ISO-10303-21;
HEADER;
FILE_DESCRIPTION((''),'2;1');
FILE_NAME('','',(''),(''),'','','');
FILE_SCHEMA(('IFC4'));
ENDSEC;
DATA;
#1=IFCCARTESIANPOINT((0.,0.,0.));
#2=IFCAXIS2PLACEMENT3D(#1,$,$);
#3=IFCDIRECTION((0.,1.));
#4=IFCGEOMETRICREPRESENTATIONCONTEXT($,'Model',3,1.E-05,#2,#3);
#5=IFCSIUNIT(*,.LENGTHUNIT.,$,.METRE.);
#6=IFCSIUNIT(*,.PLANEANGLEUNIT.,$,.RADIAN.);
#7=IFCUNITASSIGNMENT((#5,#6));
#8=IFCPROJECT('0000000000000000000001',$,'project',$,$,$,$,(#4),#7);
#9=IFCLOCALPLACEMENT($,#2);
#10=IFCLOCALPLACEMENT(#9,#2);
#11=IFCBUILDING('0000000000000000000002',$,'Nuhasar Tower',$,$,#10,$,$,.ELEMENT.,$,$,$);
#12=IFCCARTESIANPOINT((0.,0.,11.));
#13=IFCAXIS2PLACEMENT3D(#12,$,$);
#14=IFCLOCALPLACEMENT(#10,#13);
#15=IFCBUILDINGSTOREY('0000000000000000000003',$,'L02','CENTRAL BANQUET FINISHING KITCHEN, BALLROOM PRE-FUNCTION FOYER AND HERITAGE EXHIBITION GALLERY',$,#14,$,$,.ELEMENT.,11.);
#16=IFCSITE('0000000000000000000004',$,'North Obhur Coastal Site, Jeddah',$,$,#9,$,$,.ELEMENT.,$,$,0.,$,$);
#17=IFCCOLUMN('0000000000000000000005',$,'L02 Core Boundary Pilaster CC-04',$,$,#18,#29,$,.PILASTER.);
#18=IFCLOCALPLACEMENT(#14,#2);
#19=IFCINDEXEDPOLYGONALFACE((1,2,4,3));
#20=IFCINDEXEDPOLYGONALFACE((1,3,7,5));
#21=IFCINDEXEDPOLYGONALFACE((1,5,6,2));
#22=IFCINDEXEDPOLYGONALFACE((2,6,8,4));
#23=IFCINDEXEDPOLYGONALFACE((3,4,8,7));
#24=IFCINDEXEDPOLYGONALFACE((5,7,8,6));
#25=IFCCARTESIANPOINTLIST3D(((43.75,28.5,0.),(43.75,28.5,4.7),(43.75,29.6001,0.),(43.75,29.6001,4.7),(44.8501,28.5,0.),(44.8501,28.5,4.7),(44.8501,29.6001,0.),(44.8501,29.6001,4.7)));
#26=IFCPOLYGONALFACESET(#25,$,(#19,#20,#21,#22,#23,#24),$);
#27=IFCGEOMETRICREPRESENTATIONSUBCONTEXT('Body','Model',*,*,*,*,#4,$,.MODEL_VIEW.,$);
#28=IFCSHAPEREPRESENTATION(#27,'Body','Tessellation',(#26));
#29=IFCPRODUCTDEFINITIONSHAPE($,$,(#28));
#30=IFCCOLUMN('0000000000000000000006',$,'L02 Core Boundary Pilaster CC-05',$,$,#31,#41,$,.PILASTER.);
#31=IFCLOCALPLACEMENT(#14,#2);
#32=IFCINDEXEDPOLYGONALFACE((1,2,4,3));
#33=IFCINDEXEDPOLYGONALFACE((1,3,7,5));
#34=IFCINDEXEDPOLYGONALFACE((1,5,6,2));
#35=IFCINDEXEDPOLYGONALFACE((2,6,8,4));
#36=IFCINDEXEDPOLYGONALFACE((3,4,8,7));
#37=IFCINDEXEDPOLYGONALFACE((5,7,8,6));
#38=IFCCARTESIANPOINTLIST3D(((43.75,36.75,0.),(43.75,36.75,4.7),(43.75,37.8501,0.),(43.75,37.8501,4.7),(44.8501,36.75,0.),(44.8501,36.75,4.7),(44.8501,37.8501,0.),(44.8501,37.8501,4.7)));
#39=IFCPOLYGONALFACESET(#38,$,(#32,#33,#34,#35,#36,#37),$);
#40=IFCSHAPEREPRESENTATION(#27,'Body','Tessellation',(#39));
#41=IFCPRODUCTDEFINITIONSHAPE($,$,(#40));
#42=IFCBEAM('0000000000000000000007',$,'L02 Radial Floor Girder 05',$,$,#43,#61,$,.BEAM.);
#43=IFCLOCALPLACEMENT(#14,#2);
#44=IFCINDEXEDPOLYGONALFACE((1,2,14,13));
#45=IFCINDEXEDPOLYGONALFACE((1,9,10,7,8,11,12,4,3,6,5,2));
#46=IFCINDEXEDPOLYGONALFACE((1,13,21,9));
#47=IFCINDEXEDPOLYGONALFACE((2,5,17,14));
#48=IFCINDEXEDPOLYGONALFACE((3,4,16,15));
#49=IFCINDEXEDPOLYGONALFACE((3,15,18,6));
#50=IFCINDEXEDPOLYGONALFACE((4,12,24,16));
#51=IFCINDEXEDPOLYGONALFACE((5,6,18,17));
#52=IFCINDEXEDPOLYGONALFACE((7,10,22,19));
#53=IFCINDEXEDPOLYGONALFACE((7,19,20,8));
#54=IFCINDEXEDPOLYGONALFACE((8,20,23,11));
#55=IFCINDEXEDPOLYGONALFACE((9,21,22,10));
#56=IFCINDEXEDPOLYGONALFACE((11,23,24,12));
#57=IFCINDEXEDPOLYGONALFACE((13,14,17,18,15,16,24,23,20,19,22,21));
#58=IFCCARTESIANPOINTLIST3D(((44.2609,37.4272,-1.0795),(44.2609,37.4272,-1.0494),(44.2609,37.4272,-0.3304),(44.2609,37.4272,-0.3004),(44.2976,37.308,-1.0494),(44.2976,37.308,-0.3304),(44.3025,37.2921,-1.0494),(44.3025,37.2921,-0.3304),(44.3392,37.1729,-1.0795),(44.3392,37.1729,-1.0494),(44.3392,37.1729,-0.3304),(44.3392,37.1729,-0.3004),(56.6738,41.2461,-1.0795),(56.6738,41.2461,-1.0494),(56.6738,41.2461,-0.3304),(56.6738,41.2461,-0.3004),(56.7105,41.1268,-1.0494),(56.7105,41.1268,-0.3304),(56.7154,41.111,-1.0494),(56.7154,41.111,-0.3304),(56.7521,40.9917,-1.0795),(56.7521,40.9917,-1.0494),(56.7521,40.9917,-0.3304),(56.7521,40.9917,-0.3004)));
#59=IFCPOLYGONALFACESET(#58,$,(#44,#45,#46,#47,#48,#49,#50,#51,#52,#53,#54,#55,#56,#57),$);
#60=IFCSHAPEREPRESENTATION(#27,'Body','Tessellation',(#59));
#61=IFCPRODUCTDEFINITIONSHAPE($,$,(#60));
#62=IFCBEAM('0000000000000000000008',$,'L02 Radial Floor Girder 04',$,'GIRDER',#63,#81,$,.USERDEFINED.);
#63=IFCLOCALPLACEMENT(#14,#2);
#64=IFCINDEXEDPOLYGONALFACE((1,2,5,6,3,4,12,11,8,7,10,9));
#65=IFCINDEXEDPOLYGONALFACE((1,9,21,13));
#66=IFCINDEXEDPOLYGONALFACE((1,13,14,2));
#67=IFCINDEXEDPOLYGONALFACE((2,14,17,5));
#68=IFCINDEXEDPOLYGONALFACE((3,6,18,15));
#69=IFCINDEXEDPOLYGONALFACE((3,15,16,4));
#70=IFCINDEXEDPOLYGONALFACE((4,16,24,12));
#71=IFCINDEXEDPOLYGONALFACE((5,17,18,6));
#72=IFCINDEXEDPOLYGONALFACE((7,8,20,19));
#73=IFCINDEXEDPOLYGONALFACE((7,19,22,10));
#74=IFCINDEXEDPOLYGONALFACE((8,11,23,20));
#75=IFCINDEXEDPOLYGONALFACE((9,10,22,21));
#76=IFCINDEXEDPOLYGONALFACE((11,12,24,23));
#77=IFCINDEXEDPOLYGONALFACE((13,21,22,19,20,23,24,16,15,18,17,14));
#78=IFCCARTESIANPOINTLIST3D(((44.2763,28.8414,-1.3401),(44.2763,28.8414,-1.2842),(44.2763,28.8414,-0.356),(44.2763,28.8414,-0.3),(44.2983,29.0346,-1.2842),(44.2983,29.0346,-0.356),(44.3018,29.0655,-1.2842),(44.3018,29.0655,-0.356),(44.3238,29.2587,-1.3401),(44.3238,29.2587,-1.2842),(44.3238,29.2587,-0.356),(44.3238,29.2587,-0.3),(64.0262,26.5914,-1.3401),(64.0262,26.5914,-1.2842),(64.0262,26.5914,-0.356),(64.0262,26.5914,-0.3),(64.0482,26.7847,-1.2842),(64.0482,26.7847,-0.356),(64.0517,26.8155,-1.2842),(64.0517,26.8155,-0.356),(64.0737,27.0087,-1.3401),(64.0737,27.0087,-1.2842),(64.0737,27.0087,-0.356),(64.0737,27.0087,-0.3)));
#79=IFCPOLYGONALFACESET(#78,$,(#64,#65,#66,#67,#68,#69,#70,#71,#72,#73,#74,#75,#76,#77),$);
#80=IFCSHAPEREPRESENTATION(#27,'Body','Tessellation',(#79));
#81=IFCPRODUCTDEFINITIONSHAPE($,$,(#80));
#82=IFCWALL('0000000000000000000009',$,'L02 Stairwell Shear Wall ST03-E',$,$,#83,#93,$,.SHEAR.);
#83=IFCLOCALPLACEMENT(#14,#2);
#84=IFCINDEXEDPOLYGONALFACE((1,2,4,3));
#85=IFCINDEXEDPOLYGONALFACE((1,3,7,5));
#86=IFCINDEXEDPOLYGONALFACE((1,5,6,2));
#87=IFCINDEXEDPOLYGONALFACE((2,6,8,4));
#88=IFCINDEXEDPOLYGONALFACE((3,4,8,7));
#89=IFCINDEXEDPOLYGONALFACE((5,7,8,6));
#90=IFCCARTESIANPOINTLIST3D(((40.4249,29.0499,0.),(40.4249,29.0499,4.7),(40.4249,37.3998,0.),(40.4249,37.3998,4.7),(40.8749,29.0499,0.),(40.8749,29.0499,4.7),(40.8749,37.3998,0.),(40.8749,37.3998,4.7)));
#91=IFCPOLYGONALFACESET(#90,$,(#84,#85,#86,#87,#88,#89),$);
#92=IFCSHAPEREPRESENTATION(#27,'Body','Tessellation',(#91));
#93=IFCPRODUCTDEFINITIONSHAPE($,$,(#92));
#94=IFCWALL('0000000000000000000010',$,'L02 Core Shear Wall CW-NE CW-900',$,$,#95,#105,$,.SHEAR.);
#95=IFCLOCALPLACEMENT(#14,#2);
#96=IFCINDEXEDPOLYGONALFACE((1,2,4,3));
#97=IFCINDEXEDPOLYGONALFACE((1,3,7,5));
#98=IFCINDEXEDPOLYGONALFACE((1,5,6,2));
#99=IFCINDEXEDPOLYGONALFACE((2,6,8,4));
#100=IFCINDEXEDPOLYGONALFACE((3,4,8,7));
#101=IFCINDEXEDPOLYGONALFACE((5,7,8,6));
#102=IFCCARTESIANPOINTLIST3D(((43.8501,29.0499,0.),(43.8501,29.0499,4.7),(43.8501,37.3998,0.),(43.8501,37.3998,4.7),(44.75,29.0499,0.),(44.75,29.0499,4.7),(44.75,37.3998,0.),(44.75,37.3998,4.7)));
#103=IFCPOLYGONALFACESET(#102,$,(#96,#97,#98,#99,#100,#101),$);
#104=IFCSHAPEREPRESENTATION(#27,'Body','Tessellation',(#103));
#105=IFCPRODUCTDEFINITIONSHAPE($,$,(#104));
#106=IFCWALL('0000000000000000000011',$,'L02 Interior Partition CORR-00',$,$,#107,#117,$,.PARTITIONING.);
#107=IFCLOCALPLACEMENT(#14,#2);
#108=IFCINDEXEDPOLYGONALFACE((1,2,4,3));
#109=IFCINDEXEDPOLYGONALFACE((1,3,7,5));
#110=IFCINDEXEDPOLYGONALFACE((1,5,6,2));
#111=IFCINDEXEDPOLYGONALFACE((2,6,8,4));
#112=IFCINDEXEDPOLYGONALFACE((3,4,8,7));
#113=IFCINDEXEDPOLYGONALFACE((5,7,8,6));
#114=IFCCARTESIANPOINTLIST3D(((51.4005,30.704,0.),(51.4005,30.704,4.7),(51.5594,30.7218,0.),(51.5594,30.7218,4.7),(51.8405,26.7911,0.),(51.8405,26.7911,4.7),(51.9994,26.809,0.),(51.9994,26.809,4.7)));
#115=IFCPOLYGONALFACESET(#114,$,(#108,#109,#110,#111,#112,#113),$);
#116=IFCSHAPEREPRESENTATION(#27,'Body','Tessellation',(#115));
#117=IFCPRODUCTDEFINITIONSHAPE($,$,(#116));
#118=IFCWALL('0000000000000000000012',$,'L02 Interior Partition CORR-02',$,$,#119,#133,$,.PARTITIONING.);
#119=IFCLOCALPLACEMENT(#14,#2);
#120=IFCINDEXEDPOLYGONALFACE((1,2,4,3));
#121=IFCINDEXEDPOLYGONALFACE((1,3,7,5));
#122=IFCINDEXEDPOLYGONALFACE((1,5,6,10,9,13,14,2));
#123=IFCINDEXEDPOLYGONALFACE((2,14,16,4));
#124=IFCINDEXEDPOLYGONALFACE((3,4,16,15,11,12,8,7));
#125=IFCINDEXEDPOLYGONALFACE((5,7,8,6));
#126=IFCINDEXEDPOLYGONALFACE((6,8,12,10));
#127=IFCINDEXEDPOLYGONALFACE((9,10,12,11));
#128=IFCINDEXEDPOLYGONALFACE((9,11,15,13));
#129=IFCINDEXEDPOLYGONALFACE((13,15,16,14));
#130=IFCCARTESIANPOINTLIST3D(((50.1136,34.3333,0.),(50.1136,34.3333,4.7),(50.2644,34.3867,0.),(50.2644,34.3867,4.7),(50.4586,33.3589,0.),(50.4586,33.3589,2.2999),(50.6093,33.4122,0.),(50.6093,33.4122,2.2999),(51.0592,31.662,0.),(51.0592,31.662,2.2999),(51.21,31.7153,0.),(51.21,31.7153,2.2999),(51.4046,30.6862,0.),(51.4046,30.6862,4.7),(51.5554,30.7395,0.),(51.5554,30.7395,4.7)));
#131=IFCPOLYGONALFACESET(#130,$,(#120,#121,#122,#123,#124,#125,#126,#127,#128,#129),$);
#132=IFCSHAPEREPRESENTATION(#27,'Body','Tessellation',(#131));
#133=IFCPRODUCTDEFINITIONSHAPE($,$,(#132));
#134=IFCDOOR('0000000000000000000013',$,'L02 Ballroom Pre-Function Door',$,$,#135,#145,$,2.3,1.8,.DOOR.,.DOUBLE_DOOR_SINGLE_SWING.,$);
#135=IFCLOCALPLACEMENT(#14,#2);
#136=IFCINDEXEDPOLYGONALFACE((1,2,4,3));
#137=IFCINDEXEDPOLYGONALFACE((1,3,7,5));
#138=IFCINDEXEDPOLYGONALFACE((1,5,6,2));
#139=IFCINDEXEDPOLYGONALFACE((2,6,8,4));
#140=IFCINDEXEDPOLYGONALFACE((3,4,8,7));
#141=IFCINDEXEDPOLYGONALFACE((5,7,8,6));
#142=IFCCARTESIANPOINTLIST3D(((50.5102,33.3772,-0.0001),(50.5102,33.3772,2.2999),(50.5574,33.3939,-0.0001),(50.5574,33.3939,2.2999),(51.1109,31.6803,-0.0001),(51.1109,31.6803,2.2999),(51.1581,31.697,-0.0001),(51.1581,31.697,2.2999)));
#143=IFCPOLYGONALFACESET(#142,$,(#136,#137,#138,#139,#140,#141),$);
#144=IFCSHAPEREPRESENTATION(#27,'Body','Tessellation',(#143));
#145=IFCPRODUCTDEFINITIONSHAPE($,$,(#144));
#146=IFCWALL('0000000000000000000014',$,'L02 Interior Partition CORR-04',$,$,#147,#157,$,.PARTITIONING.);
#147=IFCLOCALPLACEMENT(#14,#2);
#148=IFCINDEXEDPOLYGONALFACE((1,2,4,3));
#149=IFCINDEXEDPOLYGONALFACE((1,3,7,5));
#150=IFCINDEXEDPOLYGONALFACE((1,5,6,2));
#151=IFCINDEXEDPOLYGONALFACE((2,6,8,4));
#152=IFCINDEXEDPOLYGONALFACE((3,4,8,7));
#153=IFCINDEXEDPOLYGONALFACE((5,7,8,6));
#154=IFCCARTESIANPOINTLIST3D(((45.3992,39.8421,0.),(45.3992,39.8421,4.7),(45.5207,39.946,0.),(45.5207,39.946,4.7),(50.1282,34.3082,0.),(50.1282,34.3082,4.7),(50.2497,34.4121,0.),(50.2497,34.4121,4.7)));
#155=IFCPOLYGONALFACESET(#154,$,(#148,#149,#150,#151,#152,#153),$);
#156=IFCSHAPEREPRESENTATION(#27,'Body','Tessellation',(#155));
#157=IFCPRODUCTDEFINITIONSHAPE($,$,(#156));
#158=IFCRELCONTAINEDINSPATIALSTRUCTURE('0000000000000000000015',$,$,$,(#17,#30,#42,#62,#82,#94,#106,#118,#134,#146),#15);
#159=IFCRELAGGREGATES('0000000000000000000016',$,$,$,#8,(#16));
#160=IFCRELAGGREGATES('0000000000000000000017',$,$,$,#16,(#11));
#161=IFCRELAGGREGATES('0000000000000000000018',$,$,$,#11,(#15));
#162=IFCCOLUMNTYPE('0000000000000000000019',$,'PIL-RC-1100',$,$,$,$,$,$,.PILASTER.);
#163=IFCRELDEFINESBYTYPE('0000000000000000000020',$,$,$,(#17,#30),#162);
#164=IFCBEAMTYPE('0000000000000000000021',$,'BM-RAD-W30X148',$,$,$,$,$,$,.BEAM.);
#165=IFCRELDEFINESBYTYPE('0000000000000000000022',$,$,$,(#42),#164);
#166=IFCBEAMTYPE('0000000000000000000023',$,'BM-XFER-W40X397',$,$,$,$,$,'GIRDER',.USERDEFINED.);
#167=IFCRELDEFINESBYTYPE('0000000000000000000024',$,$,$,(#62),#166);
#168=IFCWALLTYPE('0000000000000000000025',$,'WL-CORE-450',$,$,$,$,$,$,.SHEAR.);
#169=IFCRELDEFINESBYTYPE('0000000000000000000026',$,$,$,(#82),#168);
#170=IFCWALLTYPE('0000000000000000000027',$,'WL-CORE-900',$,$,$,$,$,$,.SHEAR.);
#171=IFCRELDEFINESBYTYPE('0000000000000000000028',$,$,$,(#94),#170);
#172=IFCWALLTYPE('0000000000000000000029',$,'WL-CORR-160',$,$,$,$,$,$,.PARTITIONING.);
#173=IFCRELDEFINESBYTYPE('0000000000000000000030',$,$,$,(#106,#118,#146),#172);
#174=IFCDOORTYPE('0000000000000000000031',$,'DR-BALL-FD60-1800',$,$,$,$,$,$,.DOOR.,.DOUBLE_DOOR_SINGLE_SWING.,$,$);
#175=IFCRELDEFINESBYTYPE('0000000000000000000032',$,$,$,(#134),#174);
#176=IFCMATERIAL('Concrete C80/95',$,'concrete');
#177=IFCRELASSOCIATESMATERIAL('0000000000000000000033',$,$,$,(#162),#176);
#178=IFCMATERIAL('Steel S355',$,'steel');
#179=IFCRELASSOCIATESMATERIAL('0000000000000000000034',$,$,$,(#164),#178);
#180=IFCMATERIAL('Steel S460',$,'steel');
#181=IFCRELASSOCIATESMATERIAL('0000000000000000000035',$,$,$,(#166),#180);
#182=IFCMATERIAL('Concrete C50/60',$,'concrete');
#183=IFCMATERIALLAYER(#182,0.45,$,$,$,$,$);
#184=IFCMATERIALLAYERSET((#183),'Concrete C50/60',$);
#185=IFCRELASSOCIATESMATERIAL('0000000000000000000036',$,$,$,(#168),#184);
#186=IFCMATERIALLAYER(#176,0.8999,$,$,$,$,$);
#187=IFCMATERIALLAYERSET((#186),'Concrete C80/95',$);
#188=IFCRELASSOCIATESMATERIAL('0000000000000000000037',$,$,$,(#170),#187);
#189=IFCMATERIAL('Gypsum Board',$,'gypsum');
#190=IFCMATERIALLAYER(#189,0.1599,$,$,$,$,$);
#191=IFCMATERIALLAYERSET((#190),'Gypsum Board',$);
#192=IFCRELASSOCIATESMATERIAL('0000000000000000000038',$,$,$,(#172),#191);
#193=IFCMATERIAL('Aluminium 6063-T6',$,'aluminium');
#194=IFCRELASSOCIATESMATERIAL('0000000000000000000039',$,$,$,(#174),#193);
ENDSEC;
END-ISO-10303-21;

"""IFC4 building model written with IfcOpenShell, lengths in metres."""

from ifc_helpers import new_model, si_unit, direction, frame, frame_2d, origin, origin_2d, place, context, subcontext, project, spatial, rectangle, i_section, extrude, material, layer, layer_set, material_profile, profile_set, type_object, element, fill, save


model = new_model("IFC4")

# Units and contexts
model_context = context("Model", 3, precision=1e-05, world=origin(), true_north=direction((0.0, 1.0)))
body_context = subcontext(model_context, "Body", "Model", "MODEL_VIEW")
ifc_project = project(units=[si_unit("LENGTHUNIT", "METRE"), si_unit("PLANEANGLEUNIT", "RADIAN")], contexts=[model_context])

# Site, building, storey
site_placement = place(None, origin())
site = spatial("IfcSite", under=ifc_project, at=site_placement, Name="North Obhur Coastal Site, Jeddah", CompositionType="ELEMENT", RefElevation=0.0)
building_placement = place(site_placement, origin())
building = spatial("IfcBuilding", under=site, at=building_placement, Name="Nuhasar Tower", CompositionType="ELEMENT")
storey_placement = place(building_placement, frame((0.0, 0.0, 11.0)))
storey = spatial("IfcBuildingStorey", under=building, at=storey_placement, Name="L02", Description="CENTRAL BANQUET FINISHING KITCHEN, BALLROOM PRE-FUNCTION FOYER AND HERITAGE EXHIBITION GALLERY", CompositionType="ELEMENT", Elevation=11.0)

# Columns
ifc_material_1 = material(Name="Concrete C80/95", Category="concrete")
ifc_material_profile_1 = material_profile(ifc_material_1, rectangle(XDim=1.1001, YDim=1.1001, at=origin_2d()), Name="RC1100X1100")
ifc_profile_set_1 = profile_set([ifc_material_profile_1], Name="Concrete C80/95")
column_type = type_object("IfcColumnType", Name="PIL-RC-1100", PredefinedType="PILASTER", material=ifc_profile_set_1)
for number, where, z_axis, x_axis, name in (
    (1, (44.3, 29.05, 0.0), (0.0, 0.0, 1.0), (1.0, 0.0, 0.0), "L02 Core Boundary Pilaster CC-04"),
    (2, (44.3, 37.3, 0.0), (0.0, 0.0, 1.0), (1.0, 0.0, 0.0), "L02 Core Boundary Pilaster CC-05"),
):
    element("IfcColumn", number, at=place(storey_placement, frame(where, z_axis=z_axis, x_axis=x_axis)), inside=storey, type_object=column_type, Name=name, PredefinedType="PILASTER", context=body_context, shape_type="SweptSolid", body=[
        extrude(rectangle(XDim=1.1001, YDim=1.1001, at=origin_2d()), origin(), (0.0, 0.0, 1.0), 4.7),
    ])

# Beams
ifc_material_2 = material(Name="Steel S355", Category="steel")
ifc_material_profile_2 = material_profile(ifc_material_2, i_section(OverallWidth=0.2661, OverallDepth=0.7791, WebThickness=0.0166, FlangeThickness=0.03, at=origin_2d()), Name="W30X148")
ifc_profile_set_2 = profile_set([ifc_material_profile_2], Name="Steel S355")
beam_type_1 = type_object("IfcBeamType", Name="BM-RAD-W30X148", PredefinedType="BEAM", material=ifc_profile_set_2)
beam_1_placement = place(storey_placement, frame((44.3, 37.3, -0.6899), z_axis=(0.95579, 0.294052, 0.0), x_axis=(-0.294052, 0.95579, 0.0)))
element("IfcBeam", 3, at=beam_1_placement, inside=storey, type_object=beam_type_1, Name="L02 Radial Floor Girder 05", PredefinedType="BEAM", context=body_context, shape_type="SweptSolid", body=[
    extrude(i_section(OverallWidth=0.2661, OverallDepth=0.7791, WebThickness=0.0166, FlangeThickness=0.03, at=origin_2d()), origin(), (0.0, 0.0, 1.0), 12.9871),
])
ifc_material_3 = material(Name="Steel S460", Category="steel")
ifc_material_profile_3 = material_profile(ifc_material_3, i_section(OverallWidth=0.4199, OverallDepth=1.04, WebThickness=0.031, FlangeThickness=0.0559, at=origin_2d()), Name="W40X397")
ifc_profile_set_3 = profile_set([ifc_material_profile_3], Name="Steel S460")
beam_type_2 = type_object("IfcBeamType", Name="BM-XFER-W40X397", ElementType="GIRDER", PredefinedType="USERDEFINED", material=ifc_profile_set_3)
beam_2_placement = place(storey_placement, frame((44.3, 29.05, -0.8201), z_axis=(0.993573, -0.113192, 0.0), x_axis=(0.113192, 0.993573, 0.0)))
element("IfcBeam", 4, at=beam_2_placement, inside=storey, type_object=beam_type_2, Name="L02 Radial Floor Girder 04", ObjectType="GIRDER", PredefinedType="USERDEFINED", context=body_context, shape_type="SweptSolid", body=[
    extrude(i_section(OverallWidth=0.4199, OverallDepth=1.04, WebThickness=0.031, FlangeThickness=0.0559, at=origin_2d()), origin(), (0.0, 0.0, 1.0), 19.8777),
])

# Shared definitions
ifc_material_4 = material(Name="Concrete C50/60", Category="concrete")
ifc_layer_1 = layer(ifc_material_4, 0.45)
ifc_layer_set_1 = layer_set([ifc_layer_1], Name="Concrete C50/60")
wall_type_1 = type_object("IfcWallType", Name="WL-CORE-450", PredefinedType="SHEAR", material=ifc_layer_set_1)

# Wall
wall_1_placement = place(storey_placement, frame((40.6499, 29.05, 0.0), z_axis=(0.0, 0.0, 1.0), x_axis=(0.0, 1.0, 0.0)))
element("IfcWall", 5, at=wall_1_placement, inside=storey, type_object=wall_type_1, Name="L02 Stairwell Shear Wall ST03-E", PredefinedType="SHEAR", context=body_context, shape_type="SweptSolid", body=[
    extrude(rectangle(XDim=8.3499, YDim=0.45, at=frame_2d((4.1748, 0.0))), origin(), (0.0, 0.0, 1.0), 4.7),
])

# Walls
ifc_layer_2 = layer(ifc_material_1, 0.8999)
ifc_layer_set_2 = layer_set([ifc_layer_2], Name="Concrete C80/95")
wall_type_2 = type_object("IfcWallType", Name="WL-CORE-900", PredefinedType="SHEAR", material=ifc_layer_set_2)
wall_2_placement = place(storey_placement, frame((44.3, 29.05, 0.0), z_axis=(0.0, 0.0, 1.0), x_axis=(0.0, 1.0, 0.0)))
element("IfcWall", 6, at=wall_2_placement, inside=storey, type_object=wall_type_2, Name="L02 Core Shear Wall CW-NE CW-900", PredefinedType="SHEAR", context=body_context, shape_type="SweptSolid", body=[
    extrude(rectangle(XDim=8.3499, YDim=0.8999, at=frame_2d((4.1748, 0.0))), origin(), (0.0, 0.0, 1.0), 4.7),
])
ifc_material_5 = material(Name="Gypsum Board", Category="gypsum")
ifc_layer_3 = layer(ifc_material_5, 0.1599)
ifc_layer_set_3 = layer_set([ifc_layer_3], Name="Gypsum Board")
wall_type_3 = type_object("IfcWallType", Name="WL-CORR-160", PredefinedType="PARTITIONING", material=ifc_layer_set_3)
wall_3_placement = place(storey_placement, frame((51.9199, 26.8, 0.0), z_axis=(0.0, 0.0, 1.0), x_axis=(-0.111731, 0.993738, 0.0)))
element("IfcWall", 7, at=wall_3_placement, inside=storey, type_object=wall_type_3, Name="L02 Interior Partition CORR-00", PredefinedType="PARTITIONING", context=body_context, shape_type="SweptSolid", body=[
    extrude(rectangle(XDim=3.9375, YDim=0.1599, at=frame_2d((1.9688, 0.0))), origin(), (0.0, 0.0, 1.0), 4.7),
])

# Wall, opening, door
wall_4_placement = place(storey_placement, frame((50.189, 34.3601, 0.0), z_axis=(0.0, 0.0, 1.0), x_axis=(0.333685, -0.942685, 0.0)))
wall_4 = element("IfcWall", 8, at=wall_4_placement, inside=storey, type_object=wall_type_3, Name="L02 Interior Partition CORR-02", PredefinedType="PARTITIONING", context=body_context, shape_type="SweptSolid", body=[
    extrude(rectangle(XDim=3.8689, YDim=0.1599, at=frame_2d((1.9346, 0.0))), origin(), (0.0, 0.0, 1.0), 4.7),
])
opening_1_placement = place(wall_4_placement, frame((1.0339, 0.0, 0.0)))
opening_1 = element("IfcOpeningElement", 9, at=opening_1_placement, cuts=wall_4, PredefinedType="OPENING", context=body_context, shape_type="SweptSolid", body=[
    extrude(rectangle(XDim=1.8, YDim=2.3, at=frame_2d((0.8999, 1.1499))), frame((0.0, 0.0898, 0.0), z_axis=(0.0, -1.0, 0.0), x_axis=(1.0, 0.0, 0.0)), (0.0, 0.0, 1.0), 0.1799),
])
ifc_material_6 = material(Name="Aluminium 6063-T6", Category="aluminium")
door_type_1 = type_object("IfcDoorType", Name="DR-BALL-FD60-1800", OperationType="DOUBLE_DOOR_SINGLE_SWING", PredefinedType="DOOR", material=ifc_material_6)
door_1_placement = place(opening_1_placement, origin())
door_1 = element("IfcDoor", 10, at=door_1_placement, inside=storey, type_object=door_type_1, Name="L02 Ballroom Pre-Function Door", OperationType="DOUBLE_DOOR_SINGLE_SWING", OverallHeight=2.3, OverallWidth=1.8, PredefinedType="DOOR", context=body_context, shape_type="SweptSolid", body=[
    extrude(rectangle(XDim=1.8, YDim=2.3, at=frame_2d((0.8999, 1.1499))), frame((0.0, 0.0249, 0.0), z_axis=(0.0, -1.0, 0.0), x_axis=(1.0, 0.0, 0.0)), (0.0, 0.0, 1.0), 0.05),
])
fill(opening_1, door_1)

# Wall
wall_5_placement = place(storey_placement, frame((50.189, 34.3601, 0.0), z_axis=(0.0, 0.0, 1.0), x_axis=(-0.649653, 0.760231, 0.0)))
element("IfcWall", 11, at=wall_5_placement, inside=storey, type_object=wall_type_3, Name="L02 Interior Partition CORR-04", PredefinedType="PARTITIONING", context=body_context, shape_type="SweptSolid", body=[
    extrude(rectangle(XDim=7.2793, YDim=0.1599, at=frame_2d((3.6396, 0.0))), origin(), (0.0, 0.0, 1.0), 4.7),
])

save(model, "model.ifc")
